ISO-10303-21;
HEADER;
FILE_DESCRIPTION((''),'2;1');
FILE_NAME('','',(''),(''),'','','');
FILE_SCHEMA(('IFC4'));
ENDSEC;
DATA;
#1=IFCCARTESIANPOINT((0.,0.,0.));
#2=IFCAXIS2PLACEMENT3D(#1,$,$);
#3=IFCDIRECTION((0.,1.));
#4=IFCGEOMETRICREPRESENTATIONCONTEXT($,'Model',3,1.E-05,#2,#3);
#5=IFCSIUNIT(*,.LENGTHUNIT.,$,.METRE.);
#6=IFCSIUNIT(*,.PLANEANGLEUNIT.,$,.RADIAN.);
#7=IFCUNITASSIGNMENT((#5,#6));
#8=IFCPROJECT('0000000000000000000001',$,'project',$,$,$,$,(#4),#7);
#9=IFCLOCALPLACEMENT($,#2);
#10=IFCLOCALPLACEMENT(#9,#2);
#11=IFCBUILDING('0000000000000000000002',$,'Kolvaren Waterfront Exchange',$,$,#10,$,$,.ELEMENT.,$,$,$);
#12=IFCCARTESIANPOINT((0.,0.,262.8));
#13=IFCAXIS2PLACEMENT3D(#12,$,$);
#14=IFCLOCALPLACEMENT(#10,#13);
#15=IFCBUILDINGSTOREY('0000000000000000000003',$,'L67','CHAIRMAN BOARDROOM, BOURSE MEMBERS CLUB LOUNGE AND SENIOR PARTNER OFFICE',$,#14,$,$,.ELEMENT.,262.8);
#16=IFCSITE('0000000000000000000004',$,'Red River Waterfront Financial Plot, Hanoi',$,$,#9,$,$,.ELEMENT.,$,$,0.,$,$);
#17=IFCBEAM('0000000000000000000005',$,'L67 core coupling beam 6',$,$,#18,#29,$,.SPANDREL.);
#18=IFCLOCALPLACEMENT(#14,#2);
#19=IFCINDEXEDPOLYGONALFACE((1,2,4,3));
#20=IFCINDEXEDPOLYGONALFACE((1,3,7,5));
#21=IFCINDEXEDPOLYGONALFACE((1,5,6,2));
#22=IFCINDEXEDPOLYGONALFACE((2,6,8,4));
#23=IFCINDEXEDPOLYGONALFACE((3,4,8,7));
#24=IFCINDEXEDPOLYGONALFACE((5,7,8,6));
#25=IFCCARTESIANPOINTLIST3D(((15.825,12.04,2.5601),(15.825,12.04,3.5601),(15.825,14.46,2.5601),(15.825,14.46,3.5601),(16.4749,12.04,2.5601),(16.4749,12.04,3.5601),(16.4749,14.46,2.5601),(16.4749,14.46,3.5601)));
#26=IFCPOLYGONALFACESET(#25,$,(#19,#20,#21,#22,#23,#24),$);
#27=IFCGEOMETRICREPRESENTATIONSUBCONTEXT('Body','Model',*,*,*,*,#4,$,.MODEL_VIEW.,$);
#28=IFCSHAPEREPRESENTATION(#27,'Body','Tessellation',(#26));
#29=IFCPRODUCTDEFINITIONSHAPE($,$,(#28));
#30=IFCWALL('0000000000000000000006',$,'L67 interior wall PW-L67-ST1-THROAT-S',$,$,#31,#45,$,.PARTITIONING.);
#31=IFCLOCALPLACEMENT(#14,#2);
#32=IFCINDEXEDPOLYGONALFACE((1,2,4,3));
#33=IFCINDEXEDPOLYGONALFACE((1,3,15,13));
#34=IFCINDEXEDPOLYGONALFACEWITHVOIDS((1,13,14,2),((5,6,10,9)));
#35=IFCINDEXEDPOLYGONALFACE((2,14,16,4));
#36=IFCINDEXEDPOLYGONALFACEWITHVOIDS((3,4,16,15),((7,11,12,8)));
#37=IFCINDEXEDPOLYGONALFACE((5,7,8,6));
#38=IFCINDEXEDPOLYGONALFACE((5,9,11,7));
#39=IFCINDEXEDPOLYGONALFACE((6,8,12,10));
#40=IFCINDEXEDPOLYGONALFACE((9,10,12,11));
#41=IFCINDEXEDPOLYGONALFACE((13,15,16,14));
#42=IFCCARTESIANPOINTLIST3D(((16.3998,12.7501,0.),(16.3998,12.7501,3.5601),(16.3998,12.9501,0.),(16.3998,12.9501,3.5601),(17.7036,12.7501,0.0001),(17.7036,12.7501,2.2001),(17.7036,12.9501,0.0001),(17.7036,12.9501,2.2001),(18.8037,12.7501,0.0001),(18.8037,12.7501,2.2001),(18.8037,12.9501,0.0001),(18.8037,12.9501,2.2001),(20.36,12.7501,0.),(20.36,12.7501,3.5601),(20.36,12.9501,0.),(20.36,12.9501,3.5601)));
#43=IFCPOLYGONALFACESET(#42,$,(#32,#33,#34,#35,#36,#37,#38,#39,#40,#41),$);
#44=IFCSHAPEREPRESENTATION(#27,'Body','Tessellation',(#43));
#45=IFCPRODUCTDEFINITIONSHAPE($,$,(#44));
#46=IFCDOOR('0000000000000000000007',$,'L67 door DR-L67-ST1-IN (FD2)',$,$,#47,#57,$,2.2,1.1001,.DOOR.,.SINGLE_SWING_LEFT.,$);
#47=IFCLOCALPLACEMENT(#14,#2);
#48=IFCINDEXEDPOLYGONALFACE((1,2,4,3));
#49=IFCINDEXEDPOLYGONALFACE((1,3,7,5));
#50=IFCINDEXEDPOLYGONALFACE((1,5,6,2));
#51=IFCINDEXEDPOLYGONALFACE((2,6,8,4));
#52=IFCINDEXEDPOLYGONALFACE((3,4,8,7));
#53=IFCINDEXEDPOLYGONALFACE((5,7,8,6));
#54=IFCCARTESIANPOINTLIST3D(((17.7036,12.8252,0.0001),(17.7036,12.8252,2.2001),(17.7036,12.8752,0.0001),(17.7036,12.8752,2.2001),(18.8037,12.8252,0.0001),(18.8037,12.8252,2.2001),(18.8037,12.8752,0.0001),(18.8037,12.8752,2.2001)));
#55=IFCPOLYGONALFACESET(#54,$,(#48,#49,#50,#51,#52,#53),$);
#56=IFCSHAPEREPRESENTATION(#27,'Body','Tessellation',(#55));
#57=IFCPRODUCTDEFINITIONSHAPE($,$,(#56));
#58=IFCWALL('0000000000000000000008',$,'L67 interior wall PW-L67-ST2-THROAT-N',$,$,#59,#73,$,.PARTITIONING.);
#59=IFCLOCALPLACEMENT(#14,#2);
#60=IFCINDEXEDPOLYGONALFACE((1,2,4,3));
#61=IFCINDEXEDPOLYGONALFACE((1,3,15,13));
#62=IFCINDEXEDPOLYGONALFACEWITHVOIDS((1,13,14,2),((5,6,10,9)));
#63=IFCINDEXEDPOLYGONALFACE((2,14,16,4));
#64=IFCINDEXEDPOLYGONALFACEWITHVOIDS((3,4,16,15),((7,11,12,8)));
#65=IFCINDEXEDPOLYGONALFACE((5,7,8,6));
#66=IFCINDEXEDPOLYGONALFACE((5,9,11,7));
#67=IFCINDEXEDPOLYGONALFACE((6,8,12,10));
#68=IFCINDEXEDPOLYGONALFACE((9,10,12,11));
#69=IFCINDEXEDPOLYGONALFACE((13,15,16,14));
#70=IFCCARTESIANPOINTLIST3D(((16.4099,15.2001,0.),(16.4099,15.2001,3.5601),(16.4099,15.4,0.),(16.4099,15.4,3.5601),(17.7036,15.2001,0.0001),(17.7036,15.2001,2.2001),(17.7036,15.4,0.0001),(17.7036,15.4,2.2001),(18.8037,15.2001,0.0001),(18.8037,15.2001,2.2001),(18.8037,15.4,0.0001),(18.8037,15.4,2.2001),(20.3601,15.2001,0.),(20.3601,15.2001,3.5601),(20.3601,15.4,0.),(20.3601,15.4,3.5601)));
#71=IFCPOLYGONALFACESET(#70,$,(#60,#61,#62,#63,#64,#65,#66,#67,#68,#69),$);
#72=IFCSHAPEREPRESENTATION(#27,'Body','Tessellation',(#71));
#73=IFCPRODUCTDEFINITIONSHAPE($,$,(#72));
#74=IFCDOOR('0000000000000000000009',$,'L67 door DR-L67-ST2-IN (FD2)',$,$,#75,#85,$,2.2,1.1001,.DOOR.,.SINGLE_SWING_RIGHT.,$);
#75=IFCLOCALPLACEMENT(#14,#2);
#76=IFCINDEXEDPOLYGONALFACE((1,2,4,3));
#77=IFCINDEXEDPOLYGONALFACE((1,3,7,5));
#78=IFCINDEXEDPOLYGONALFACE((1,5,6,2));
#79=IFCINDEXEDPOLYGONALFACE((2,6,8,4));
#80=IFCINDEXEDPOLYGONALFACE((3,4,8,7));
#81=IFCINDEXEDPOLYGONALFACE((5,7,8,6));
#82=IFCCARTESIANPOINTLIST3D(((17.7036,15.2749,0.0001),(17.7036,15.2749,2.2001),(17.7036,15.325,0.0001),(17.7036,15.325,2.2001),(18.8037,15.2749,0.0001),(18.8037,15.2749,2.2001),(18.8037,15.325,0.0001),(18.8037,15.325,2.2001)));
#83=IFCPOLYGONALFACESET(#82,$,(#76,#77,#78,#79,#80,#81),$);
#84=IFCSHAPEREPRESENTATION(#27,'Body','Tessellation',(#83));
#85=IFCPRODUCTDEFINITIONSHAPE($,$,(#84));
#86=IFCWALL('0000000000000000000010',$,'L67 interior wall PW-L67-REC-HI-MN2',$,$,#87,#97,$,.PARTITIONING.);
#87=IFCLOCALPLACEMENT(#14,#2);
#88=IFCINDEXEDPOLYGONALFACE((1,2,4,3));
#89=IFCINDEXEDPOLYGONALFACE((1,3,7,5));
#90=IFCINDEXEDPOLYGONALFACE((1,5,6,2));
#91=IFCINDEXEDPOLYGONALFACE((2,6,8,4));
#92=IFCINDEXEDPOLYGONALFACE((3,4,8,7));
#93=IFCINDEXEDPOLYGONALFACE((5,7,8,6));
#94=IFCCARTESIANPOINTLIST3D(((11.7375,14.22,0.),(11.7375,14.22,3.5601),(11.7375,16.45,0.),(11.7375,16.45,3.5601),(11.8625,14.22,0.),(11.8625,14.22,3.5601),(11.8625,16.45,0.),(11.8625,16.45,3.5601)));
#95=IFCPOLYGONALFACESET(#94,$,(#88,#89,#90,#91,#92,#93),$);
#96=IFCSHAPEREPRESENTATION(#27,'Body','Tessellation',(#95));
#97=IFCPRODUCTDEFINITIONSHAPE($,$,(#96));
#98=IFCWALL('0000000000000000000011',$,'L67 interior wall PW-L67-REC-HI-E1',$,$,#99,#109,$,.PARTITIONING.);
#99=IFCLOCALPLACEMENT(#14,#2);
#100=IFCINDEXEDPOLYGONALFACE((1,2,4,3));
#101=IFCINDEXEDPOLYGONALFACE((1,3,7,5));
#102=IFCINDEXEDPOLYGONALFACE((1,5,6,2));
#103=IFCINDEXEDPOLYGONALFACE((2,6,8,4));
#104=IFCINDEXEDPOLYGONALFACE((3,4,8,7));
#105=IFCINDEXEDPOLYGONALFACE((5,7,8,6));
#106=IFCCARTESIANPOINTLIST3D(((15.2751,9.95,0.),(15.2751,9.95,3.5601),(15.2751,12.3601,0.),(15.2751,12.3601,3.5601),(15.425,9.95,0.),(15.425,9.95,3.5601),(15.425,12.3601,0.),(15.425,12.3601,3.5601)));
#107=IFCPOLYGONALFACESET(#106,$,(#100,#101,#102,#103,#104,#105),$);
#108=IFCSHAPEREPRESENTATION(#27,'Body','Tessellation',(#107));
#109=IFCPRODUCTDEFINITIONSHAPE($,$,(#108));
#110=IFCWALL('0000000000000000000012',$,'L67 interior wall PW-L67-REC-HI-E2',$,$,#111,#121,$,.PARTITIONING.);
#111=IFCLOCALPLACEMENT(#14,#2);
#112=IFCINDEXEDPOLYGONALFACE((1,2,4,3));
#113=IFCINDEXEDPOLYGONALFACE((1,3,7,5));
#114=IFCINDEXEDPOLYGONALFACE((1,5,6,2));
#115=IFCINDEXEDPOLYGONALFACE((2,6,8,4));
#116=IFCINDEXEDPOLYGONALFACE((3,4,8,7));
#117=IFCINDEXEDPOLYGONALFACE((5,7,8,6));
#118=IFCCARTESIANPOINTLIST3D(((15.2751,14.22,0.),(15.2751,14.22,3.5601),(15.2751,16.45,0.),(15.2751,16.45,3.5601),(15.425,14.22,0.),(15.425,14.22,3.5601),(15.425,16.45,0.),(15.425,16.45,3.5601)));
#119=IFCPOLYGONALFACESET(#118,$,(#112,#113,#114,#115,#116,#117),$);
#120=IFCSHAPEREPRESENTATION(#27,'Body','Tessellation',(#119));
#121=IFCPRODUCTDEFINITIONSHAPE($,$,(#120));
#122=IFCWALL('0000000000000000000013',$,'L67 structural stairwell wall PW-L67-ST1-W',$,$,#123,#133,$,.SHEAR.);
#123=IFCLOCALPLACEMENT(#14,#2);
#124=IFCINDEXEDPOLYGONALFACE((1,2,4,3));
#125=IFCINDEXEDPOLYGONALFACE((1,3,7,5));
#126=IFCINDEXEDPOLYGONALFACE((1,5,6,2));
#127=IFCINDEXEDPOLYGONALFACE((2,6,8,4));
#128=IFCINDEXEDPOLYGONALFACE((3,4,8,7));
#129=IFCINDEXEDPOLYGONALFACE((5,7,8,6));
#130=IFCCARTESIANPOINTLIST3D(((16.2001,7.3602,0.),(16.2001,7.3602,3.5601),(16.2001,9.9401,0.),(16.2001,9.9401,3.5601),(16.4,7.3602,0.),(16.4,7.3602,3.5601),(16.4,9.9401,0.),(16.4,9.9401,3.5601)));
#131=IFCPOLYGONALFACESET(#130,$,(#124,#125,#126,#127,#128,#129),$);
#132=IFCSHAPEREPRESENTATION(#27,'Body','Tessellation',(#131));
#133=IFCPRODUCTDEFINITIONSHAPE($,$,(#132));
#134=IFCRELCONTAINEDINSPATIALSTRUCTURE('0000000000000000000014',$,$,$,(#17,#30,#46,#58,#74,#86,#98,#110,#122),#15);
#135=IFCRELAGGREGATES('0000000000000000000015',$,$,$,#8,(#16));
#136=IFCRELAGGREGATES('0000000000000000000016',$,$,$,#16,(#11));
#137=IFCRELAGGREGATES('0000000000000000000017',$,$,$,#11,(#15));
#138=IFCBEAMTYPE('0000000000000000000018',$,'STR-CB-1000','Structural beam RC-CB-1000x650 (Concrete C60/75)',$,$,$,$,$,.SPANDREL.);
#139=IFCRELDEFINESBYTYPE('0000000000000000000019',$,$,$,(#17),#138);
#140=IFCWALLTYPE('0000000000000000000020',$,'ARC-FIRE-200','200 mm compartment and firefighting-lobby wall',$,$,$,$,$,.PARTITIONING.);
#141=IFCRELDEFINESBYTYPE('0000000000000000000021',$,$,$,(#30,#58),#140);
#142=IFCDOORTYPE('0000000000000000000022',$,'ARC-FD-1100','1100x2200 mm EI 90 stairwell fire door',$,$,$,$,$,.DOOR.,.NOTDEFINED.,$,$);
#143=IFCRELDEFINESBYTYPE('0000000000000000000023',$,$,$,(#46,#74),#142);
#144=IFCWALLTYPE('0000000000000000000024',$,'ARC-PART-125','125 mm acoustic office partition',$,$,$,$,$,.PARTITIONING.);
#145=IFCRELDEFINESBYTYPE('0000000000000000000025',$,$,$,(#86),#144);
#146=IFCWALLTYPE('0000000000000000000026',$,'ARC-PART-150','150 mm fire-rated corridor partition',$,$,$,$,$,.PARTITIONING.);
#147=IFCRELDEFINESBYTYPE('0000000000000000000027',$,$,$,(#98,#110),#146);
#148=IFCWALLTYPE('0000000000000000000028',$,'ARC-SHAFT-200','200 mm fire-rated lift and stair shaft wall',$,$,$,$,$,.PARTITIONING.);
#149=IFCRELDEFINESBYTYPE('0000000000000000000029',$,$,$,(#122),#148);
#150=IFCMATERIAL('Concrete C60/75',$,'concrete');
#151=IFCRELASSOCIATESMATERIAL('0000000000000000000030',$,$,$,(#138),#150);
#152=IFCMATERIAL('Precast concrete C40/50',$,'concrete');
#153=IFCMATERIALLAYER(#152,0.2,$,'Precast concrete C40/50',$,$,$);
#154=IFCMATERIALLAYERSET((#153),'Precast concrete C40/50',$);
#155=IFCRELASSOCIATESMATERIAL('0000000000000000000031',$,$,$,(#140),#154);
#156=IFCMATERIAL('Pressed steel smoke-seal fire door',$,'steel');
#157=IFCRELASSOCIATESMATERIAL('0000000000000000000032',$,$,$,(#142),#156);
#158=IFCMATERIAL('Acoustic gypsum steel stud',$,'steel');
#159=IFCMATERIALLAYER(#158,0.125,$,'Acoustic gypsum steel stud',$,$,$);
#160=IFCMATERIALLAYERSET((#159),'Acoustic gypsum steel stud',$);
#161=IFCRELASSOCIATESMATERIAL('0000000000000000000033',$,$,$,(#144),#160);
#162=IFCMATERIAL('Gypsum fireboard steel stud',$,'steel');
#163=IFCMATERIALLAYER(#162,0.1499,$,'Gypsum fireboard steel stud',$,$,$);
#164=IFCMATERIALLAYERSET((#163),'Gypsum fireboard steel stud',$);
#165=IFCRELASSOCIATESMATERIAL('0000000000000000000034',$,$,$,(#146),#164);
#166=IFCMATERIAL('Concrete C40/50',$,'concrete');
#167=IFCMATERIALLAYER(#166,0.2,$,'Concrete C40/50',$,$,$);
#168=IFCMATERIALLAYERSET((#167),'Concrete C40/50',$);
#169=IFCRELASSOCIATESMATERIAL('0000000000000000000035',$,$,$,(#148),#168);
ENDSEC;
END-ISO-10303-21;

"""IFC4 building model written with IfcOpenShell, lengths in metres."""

from ifc_helpers import new_model, si_unit, direction, frame, frame_2d, origin, origin_2d, place, context, subcontext, project, spatial, rectangle, extrude, material, layer, layer_set, material_profile, profile_set, type_object, element, fill, save


model = new_model("IFC4")

# Units and contexts
model_context = context("Model", 3, precision=1e-05, world=origin(), true_north=direction((0.0, 1.0)))
body_context = subcontext(model_context, "Body", "Model", "MODEL_VIEW")
ifc_project = project(units=[si_unit("LENGTHUNIT", "METRE"), si_unit("PLANEANGLEUNIT", "RADIAN")], contexts=[model_context])

# Site, building, storey
site_placement = place(None, origin())
site = spatial("IfcSite", under=ifc_project, at=site_placement, Name="Red River Waterfront Financial Plot, Hanoi", CompositionType="ELEMENT", RefElevation=0.0)
building_placement = place(site_placement, origin())
building = spatial("IfcBuilding", under=site, at=building_placement, Name="Kolvaren Waterfront Exchange", CompositionType="ELEMENT")
storey_placement = place(building_placement, frame((0.0, 0.0, 262.8)))
storey = spatial("IfcBuildingStorey", under=building, at=storey_placement, Name="L67", Description="CHAIRMAN BOARDROOM, BOURSE MEMBERS CLUB LOUNGE AND SENIOR PARTNER OFFICE", CompositionType="ELEMENT", Elevation=262.8)

# Beam
ifc_material_1 = material(Name="Concrete C60/75", Category="concrete")
ifc_material_profile = material_profile(ifc_material_1, rectangle(XDim=0.6499, YDim=1.0, at=origin_2d()), Name="RC-CB-1000x650")
ifc_profile_set = profile_set([ifc_material_profile], Name="Concrete C60/75")
beam_type = type_object("IfcBeamType", Name="STR-CB-1000", Description="Structural beam RC-CB-1000x650 (Concrete C60/75)", PredefinedType="SPANDREL", material=ifc_profile_set)
beam_placement = place(storey_placement, frame((16.1499, 12.04, 3.0601), z_axis=(0.0, 1.0, 0.0), x_axis=(-1.0, 0.0, 0.0)))
element("IfcBeam", 1, at=beam_placement, inside=storey, type_object=beam_type, Name="L67 core coupling beam 6", PredefinedType="SPANDREL", context=body_context, shape_type="SweptSolid", body=[
    extrude(rectangle(XDim=0.6499, YDim=1.0, at=origin_2d()), origin(), (0.0, 0.0, 1.0), 2.4199),
])

# Walls, openings, doors
ifc_material_2 = material(Name="Precast concrete C40/50", Category="concrete")
ifc_layer_1 = layer(ifc_material_2, 0.2, Name="Precast concrete C40/50")
ifc_layer_set_1 = layer_set([ifc_layer_1], Name="Precast concrete C40/50")
wall_type_1 = type_object("IfcWallType", Name="ARC-FIRE-200", Description="200 mm compartment and firefighting-lobby wall", PredefinedType="PARTITIONING", material=ifc_layer_set_1)
wall_1_placement = place(storey_placement, frame((16.3999, 12.8501, 0.0), z_axis=(0.0, 0.0, 1.0), x_axis=(1.0, 0.0, 0.0)))
wall_1 = element("IfcWall", 2, at=wall_1_placement, inside=storey, type_object=wall_type_1, Name="L67 interior wall PW-L67-ST1-THROAT-S", PredefinedType="PARTITIONING", context=body_context, shape_type="SweptSolid", body=[
    extrude(rectangle(XDim=3.9602, YDim=0.2, at=frame_2d((1.98, 0.0))), origin(), (0.0, 0.0, 1.0), 3.5601),
])
opening_1_placement = place(wall_1_placement, frame((1.3037, 0.0, 0.0)))
opening_1 = element("IfcOpeningElement", 3, at=opening_1_placement, cuts=wall_1, PredefinedType="OPENING", context=body_context, shape_type="SweptSolid", body=[
    extrude(rectangle(XDim=1.1001, YDim=2.2, at=frame_2d((0.55, 1.1001))), frame((0.0, 0.1099, 0.0), z_axis=(0.0, -1.0, 0.0), x_axis=(1.0, 0.0, 0.0)), (0.0, 0.0, 1.0), 0.22),
])
ifc_material_3 = material(Name="Pressed steel smoke-seal fire door", Category="steel")
door_type_1 = type_object("IfcDoorType", Name="ARC-FD-1100", Description="1100x2200 mm EI 90 stairwell fire door", OperationType="NOTDEFINED", PredefinedType="DOOR", material=ifc_material_3)
door_1_placement = place(opening_1_placement, frame((1.1001, 0.0, 0.0), z_axis=(0.0, 0.0, 1.0), x_axis=(-1.0, 0.0, 0.0)))
door_1 = element("IfcDoor", 4, at=door_1_placement, inside=storey, type_object=door_type_1, Name="L67 door DR-L67-ST1-IN (FD2)", OperationType="SINGLE_SWING_LEFT", OverallHeight=2.2, OverallWidth=1.1001, PredefinedType="DOOR", context=body_context, shape_type="SweptSolid", body=[
    extrude(rectangle(XDim=1.1001, YDim=2.2, at=frame_2d((0.55, 1.1001))), frame((0.0, 0.0249, 0.0), z_axis=(0.0, -1.0, 0.0), x_axis=(1.0, 0.0, 0.0)), (0.0, 0.0, 1.0), 0.05),
])
fill(opening_1, door_1)
wall_2_placement = place(storey_placement, frame((16.4099, 15.3, 0.0), z_axis=(0.0, 0.0, 1.0), x_axis=(1.0, 0.0, 0.0)))
wall_2 = element("IfcWall", 5, at=wall_2_placement, inside=storey, type_object=wall_type_1, Name="L67 interior wall PW-L67-ST2-THROAT-N", PredefinedType="PARTITIONING", context=body_context, shape_type="SweptSolid", body=[
    extrude(rectangle(XDim=3.9502, YDim=0.2, at=frame_2d((1.9751, 0.0))), origin(), (0.0, 0.0, 1.0), 3.5601),
])
opening_2_placement = place(wall_2_placement, frame((1.2937, 0.0, 0.0)))
opening_2 = element("IfcOpeningElement", 6, at=opening_2_placement, cuts=wall_2, PredefinedType="OPENING", context=body_context, shape_type="SweptSolid", body=[
    extrude(rectangle(XDim=1.1001, YDim=2.2, at=frame_2d((0.55, 1.1001))), frame((0.0, 0.1099, 0.0), z_axis=(0.0, -1.0, 0.0), x_axis=(1.0, 0.0, 0.0)), (0.0, 0.0, 1.0), 0.22),
])
door_2_placement = place(opening_2_placement, origin())
door_2 = element("IfcDoor", 7, at=door_2_placement, inside=storey, type_object=door_type_1, Name="L67 door DR-L67-ST2-IN (FD2)", OperationType="SINGLE_SWING_RIGHT", OverallHeight=2.2, OverallWidth=1.1001, PredefinedType="DOOR", context=body_context, shape_type="SweptSolid", body=[
    extrude(rectangle(XDim=1.1001, YDim=2.2, at=frame_2d((0.55, 1.1001))), frame((0.0, 0.0249, 0.0), z_axis=(0.0, -1.0, 0.0), x_axis=(1.0, 0.0, 0.0)), (0.0, 0.0, 1.0), 0.05),
])
fill(opening_2, door_2)

# Walls
ifc_material_4 = material(Name="Acoustic gypsum steel stud", Category="steel")
ifc_layer_2 = layer(ifc_material_4, 0.125, Name="Acoustic gypsum steel stud")
ifc_layer_set_2 = layer_set([ifc_layer_2], Name="Acoustic gypsum steel stud")
wall_type_2 = type_object("IfcWallType", Name="ARC-PART-125", Description="125 mm acoustic office partition", PredefinedType="PARTITIONING", material=ifc_layer_set_2)
wall_3_placement = place(storey_placement, frame((11.8, 14.22, 0.0), z_axis=(0.0, 0.0, 1.0), x_axis=(0.0, 1.0, 0.0)))
element("IfcWall", 8, at=wall_3_placement, inside=storey, type_object=wall_type_2, Name="L67 interior wall PW-L67-REC-HI-MN2", PredefinedType="PARTITIONING", context=body_context, shape_type="SweptSolid", body=[
    extrude(rectangle(XDim=2.23, YDim=0.125, at=frame_2d((1.115, 0.0))), origin(), (0.0, 0.0, 1.0), 3.5601),
])
ifc_material_5 = material(Name="Gypsum fireboard steel stud", Category="steel")
ifc_layer_3 = layer(ifc_material_5, 0.1499, Name="Gypsum fireboard steel stud")
ifc_layer_set_3 = layer_set([ifc_layer_3], Name="Gypsum fireboard steel stud")
wall_type_3 = type_object("IfcWallType", Name="ARC-PART-150", Description="150 mm fire-rated corridor partition", PredefinedType="PARTITIONING", material=ifc_layer_set_3)
wall_4_placement = place(storey_placement, frame((15.3501, 9.95, 0.0), z_axis=(0.0, 0.0, 1.0), x_axis=(0.0, 1.0, 0.0)))
element("IfcWall", 9, at=wall_4_placement, inside=storey, type_object=wall_type_3, Name="L67 interior wall PW-L67-REC-HI-E1", PredefinedType="PARTITIONING", context=body_context, shape_type="SweptSolid", body=[
    extrude(rectangle(XDim=2.4102, YDim=0.1499, at=frame_2d((1.2051, 0.0))), origin(), (0.0, 0.0, 1.0), 3.5601),
])
wall_5_placement = place(storey_placement, frame((15.3501, 14.22, 0.0), z_axis=(0.0, 0.0, 1.0), x_axis=(0.0, 1.0, 0.0)))
element("IfcWall", 10, at=wall_5_placement, inside=storey, type_object=wall_type_3, Name="L67 interior wall PW-L67-REC-HI-E2", PredefinedType="PARTITIONING", context=body_context, shape_type="SweptSolid", body=[
    extrude(rectangle(XDim=2.23, YDim=0.1499, at=frame_2d((1.115, 0.0))), origin(), (0.0, 0.0, 1.0), 3.5601),
])
ifc_material_6 = material(Name="Concrete C40/50", Category="concrete")
ifc_layer_4 = layer(ifc_material_6, 0.2, Name="Concrete C40/50")
ifc_layer_set_4 = layer_set([ifc_layer_4], Name="Concrete C40/50")
wall_type_4 = type_object("IfcWallType", Name="ARC-SHAFT-200", Description="200 mm fire-rated lift and stair shaft wall", PredefinedType="PARTITIONING", material=ifc_layer_set_4)
wall_6_placement = place(storey_placement, frame((16.3, 7.3601, 0.0), z_axis=(0.0, 0.0, 1.0), x_axis=(0.0, 1.0, 0.0)))
element("IfcWall", 11, at=wall_6_placement, inside=storey, type_object=wall_type_4, Name="L67 structural stairwell wall PW-L67-ST1-W", PredefinedType="SHEAR", context=body_context, shape_type="SweptSolid", body=[
    extrude(rectangle(XDim=2.5798, YDim=0.2, at=frame_2d((1.29, 0.0))), origin(), (0.0, 0.0, 1.0), 3.5601),
])

save(model, "model.ifc")
